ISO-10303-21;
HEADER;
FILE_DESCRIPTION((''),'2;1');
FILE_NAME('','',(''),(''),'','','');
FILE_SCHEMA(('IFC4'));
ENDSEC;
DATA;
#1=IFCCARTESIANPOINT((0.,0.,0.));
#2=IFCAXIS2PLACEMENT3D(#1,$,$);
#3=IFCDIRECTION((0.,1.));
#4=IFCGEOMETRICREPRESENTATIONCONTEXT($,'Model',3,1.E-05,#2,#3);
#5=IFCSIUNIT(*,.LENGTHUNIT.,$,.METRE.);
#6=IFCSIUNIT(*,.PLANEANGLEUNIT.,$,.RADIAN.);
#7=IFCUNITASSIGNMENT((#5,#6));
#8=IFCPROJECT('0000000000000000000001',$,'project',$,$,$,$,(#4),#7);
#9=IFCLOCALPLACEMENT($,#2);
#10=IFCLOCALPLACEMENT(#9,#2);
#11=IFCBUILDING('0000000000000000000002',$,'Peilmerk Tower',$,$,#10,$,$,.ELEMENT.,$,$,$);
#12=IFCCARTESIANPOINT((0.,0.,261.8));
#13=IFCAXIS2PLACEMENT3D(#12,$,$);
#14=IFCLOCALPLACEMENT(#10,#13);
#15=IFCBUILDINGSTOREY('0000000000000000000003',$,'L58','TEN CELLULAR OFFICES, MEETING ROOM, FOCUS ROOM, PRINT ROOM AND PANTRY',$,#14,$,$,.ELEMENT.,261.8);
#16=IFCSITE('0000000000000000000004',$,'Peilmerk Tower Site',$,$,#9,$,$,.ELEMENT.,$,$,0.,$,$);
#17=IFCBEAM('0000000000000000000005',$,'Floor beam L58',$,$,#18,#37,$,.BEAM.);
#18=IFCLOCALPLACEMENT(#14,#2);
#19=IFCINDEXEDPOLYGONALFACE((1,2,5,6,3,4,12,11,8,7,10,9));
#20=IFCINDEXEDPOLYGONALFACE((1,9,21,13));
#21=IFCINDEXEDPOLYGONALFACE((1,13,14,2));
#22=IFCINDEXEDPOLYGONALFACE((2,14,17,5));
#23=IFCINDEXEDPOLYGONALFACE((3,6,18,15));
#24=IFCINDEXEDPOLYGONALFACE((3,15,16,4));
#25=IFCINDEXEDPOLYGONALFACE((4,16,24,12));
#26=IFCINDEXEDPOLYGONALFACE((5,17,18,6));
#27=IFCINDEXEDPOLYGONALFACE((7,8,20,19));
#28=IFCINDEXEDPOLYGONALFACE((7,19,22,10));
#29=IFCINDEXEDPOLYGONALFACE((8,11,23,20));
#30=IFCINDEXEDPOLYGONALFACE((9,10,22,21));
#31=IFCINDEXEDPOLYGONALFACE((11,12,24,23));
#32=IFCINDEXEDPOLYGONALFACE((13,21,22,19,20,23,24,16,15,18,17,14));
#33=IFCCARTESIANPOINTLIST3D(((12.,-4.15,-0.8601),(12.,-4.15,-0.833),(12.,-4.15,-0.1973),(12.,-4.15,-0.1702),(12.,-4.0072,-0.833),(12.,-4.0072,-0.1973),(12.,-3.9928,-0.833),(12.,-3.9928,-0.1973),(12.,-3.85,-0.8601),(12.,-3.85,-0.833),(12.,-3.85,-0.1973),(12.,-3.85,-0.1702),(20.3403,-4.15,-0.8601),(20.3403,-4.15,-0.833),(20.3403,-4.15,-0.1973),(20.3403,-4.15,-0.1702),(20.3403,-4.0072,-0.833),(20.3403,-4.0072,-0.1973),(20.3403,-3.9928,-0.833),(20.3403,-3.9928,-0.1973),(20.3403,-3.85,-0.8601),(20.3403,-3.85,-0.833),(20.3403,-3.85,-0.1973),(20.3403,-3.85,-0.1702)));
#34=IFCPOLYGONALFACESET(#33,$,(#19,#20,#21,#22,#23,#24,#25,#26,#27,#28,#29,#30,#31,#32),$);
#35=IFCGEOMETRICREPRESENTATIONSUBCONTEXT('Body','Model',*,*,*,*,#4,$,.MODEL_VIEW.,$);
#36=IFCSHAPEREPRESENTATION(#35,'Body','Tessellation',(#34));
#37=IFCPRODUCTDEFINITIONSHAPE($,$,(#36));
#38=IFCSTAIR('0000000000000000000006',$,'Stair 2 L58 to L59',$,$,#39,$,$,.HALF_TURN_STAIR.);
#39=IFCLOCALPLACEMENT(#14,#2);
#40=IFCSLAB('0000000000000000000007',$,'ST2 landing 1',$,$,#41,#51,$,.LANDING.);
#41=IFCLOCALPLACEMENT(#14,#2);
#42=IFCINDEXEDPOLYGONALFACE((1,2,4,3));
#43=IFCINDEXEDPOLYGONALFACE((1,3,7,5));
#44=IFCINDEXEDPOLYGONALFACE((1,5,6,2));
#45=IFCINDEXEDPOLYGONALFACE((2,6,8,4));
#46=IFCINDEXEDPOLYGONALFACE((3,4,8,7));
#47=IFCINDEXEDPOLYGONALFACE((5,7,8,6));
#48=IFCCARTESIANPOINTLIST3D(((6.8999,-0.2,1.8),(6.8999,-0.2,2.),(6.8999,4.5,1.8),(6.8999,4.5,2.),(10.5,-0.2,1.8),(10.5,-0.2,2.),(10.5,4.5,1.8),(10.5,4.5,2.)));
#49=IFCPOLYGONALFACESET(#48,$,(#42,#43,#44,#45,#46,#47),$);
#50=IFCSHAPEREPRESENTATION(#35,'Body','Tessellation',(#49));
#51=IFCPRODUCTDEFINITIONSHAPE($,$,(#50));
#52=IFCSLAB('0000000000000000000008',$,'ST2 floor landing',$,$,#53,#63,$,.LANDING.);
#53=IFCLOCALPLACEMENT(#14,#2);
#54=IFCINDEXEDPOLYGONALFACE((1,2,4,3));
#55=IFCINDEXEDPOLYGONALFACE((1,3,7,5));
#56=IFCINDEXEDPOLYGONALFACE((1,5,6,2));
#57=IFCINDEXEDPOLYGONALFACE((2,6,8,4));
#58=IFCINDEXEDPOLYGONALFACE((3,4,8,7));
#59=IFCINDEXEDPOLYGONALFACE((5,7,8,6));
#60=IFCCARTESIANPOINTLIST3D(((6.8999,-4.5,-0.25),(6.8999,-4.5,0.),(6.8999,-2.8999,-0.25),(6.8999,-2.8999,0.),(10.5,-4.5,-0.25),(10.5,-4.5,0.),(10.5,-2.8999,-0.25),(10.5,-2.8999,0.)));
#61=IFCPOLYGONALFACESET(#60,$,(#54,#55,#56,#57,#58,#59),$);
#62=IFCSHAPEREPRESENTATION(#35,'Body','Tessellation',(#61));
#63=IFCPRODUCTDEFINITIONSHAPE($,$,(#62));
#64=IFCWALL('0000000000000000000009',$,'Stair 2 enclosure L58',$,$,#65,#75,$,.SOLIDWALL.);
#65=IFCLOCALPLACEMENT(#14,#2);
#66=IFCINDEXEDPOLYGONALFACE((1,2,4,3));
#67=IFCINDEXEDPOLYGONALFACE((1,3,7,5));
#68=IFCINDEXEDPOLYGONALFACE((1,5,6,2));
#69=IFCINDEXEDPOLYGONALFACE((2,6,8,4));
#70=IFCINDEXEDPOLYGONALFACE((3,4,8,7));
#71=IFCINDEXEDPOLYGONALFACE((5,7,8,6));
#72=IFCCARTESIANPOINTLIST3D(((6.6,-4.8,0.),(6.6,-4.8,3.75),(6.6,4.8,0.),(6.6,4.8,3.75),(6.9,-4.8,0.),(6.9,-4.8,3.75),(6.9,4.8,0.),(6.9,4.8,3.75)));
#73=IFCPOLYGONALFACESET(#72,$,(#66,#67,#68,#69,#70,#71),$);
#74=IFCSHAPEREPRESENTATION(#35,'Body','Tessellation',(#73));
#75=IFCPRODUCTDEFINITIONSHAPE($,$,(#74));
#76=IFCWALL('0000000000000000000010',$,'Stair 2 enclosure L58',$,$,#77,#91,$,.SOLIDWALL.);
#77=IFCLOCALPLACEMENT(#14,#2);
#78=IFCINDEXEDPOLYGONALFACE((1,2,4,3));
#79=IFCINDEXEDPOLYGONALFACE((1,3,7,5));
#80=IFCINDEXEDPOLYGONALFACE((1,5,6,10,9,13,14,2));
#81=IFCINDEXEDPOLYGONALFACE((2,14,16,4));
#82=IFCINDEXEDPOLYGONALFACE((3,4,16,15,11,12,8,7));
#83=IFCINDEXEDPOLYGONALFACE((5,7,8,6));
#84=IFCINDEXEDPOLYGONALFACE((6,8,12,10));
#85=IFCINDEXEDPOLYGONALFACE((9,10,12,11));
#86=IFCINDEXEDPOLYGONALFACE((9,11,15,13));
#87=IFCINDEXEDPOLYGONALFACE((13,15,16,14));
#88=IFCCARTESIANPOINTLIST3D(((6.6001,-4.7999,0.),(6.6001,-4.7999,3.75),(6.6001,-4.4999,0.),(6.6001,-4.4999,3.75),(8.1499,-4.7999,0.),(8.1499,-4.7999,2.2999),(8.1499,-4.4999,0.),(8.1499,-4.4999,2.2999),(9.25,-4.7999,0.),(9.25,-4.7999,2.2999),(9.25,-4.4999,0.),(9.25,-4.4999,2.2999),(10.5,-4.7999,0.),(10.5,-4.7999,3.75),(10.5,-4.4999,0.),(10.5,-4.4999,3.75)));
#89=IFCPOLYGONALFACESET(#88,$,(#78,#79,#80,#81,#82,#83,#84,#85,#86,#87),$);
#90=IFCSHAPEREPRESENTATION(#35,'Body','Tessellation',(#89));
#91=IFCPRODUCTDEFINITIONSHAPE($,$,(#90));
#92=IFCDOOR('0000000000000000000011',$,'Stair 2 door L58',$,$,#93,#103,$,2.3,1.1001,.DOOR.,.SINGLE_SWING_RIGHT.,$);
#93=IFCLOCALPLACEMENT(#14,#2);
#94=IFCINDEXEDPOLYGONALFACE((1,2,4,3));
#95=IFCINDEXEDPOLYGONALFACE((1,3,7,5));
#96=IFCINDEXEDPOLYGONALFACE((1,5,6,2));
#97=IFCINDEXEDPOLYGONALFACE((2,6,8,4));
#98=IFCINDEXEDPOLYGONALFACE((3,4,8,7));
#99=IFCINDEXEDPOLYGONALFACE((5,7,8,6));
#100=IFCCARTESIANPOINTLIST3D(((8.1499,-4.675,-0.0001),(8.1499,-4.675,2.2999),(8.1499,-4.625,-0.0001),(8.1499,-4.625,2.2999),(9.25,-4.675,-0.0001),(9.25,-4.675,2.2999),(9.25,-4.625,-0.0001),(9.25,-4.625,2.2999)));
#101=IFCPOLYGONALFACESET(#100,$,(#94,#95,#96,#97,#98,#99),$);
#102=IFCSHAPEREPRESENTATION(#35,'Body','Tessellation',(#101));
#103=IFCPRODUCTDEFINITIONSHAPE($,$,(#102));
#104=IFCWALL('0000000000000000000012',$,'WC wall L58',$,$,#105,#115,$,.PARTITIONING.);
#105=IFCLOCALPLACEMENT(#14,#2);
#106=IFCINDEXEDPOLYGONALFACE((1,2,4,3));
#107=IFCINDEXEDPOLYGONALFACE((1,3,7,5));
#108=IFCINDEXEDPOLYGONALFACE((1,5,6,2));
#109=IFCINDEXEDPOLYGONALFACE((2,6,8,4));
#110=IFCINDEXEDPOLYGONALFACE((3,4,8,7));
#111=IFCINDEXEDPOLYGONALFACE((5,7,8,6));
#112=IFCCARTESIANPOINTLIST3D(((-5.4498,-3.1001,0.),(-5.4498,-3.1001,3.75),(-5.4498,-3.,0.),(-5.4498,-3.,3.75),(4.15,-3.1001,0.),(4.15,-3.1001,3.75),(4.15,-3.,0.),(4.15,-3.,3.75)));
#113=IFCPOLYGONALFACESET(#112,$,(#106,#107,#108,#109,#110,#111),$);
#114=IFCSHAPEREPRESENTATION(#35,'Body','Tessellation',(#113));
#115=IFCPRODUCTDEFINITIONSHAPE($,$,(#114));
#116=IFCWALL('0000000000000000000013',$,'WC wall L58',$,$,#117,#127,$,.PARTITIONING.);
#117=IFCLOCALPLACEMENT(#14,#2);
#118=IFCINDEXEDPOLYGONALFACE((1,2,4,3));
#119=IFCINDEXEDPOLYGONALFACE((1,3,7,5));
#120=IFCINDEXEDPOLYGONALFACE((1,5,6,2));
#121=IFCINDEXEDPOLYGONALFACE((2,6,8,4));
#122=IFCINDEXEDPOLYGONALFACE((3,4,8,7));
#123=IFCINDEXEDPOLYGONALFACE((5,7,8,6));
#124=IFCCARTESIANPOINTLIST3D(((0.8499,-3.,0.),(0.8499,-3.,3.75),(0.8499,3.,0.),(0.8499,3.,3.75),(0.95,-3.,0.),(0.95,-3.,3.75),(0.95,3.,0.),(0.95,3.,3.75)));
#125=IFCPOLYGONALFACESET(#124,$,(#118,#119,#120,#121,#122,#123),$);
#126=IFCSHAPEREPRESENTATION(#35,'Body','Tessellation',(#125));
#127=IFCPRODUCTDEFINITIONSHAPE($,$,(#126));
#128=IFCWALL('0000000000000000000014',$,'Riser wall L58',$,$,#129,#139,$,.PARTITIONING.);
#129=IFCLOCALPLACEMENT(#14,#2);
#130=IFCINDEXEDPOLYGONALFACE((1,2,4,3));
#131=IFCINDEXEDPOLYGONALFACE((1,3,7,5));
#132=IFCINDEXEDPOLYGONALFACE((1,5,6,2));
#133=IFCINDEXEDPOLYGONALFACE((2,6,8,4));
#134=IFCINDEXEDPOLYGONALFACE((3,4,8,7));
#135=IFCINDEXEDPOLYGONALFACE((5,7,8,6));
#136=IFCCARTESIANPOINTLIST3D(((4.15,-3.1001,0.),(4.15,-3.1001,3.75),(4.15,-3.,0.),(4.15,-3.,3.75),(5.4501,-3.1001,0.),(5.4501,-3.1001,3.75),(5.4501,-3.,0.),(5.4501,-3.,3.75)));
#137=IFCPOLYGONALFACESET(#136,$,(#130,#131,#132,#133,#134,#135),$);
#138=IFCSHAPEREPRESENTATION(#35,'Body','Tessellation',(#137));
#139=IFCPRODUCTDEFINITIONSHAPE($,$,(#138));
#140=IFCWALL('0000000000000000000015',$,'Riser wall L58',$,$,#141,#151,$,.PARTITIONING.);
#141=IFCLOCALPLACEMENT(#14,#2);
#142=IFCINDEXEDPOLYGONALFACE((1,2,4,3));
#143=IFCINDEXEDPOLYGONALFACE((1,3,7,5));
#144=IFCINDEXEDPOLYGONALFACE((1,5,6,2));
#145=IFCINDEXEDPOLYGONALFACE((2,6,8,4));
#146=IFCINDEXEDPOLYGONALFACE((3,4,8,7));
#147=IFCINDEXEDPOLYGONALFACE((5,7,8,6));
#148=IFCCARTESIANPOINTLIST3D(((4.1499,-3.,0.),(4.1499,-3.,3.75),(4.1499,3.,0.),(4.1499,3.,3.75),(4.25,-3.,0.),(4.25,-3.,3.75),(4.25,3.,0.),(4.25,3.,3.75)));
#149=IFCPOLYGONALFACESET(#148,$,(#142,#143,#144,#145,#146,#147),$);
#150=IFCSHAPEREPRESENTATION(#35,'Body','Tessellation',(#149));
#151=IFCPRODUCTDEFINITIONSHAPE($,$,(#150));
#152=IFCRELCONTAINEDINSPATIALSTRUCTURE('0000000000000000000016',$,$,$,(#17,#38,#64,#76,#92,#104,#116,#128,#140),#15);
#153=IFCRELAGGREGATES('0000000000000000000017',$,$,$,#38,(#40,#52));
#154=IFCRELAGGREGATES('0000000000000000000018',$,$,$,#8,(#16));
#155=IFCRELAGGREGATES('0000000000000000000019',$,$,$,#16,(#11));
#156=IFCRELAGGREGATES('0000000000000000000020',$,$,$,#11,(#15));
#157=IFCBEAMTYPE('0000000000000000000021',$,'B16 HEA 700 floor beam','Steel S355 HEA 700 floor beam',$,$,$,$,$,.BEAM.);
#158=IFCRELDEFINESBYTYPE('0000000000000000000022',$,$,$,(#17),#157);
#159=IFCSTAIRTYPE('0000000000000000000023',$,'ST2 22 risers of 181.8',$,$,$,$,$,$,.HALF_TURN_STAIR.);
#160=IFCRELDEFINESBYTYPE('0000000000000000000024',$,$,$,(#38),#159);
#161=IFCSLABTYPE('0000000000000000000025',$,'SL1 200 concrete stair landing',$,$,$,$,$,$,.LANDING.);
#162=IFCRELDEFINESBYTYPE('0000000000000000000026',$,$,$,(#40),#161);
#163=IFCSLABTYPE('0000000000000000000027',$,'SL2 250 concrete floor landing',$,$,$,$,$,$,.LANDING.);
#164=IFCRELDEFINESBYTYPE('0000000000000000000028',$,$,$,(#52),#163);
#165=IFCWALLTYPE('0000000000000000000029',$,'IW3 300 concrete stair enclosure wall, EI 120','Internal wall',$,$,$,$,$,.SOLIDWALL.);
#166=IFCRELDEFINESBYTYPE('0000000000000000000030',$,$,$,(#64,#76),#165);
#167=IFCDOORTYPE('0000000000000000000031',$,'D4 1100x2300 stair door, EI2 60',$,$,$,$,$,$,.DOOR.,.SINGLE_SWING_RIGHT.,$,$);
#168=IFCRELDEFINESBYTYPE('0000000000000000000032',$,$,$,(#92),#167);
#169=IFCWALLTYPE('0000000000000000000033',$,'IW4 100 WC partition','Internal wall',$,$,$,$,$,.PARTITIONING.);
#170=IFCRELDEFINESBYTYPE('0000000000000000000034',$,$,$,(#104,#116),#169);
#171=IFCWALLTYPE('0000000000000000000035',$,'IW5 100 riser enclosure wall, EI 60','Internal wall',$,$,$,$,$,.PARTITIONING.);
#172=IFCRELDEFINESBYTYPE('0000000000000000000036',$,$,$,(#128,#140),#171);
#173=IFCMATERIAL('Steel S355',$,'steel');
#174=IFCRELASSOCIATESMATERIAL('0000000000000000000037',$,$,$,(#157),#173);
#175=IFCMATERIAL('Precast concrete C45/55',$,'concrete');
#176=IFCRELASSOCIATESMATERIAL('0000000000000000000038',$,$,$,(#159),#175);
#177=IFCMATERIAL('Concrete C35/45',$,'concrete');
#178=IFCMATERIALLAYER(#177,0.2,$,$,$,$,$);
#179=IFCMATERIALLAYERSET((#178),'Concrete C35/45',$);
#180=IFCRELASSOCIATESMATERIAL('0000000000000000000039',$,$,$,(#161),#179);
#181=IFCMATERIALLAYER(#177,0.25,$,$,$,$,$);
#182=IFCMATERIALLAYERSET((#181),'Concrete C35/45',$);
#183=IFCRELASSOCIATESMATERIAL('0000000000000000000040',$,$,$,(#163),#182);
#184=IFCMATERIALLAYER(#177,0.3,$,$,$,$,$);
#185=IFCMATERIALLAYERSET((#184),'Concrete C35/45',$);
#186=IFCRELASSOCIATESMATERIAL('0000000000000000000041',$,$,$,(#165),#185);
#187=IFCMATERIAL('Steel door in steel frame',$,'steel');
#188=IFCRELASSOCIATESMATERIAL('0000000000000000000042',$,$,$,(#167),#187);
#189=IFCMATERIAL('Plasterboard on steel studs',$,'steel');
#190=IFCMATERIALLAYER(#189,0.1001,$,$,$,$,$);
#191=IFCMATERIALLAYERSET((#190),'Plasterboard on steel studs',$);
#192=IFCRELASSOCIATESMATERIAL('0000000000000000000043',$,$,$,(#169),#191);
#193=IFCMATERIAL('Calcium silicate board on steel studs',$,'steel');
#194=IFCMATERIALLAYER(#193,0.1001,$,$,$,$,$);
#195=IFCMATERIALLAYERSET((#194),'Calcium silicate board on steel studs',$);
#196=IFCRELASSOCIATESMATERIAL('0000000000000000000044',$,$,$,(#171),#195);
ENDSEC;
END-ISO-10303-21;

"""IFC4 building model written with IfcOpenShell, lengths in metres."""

from ifc_helpers import new_model, si_unit, direction, frame, frame_2d, origin, origin_2d, place, context, subcontext, project, spatial, polyline, rectangle, i_section, outline, extrude, material, layer, layer_set, material_profile, profile_set, type_object, element, fill, aggregate, save


model = new_model("IFC4")

# Units and contexts
model_context = context("Model", 3, precision=1e-05, world=origin(), true_north=direction((0.0, 1.0)))
body_context = subcontext(model_context, "Body", "Model", "MODEL_VIEW")
ifc_project = project(units=[si_unit("LENGTHUNIT", "METRE"), si_unit("PLANEANGLEUNIT", "RADIAN")], contexts=[model_context])

# Site, building, storey
site_placement = place(None, origin())
site = spatial("IfcSite", under=ifc_project, at=site_placement, Name="Peilmerk Tower Site", CompositionType="ELEMENT", RefElevation=0.0)
building_placement = place(site_placement, origin())
building = spatial("IfcBuilding", under=site, at=building_placement, Name="Peilmerk Tower", CompositionType="ELEMENT")
storey_placement = place(building_placement, frame((0.0, 0.0, 261.8)))
storey = spatial("IfcBuildingStorey", under=building, at=storey_placement, Name="L58", Description="TEN CELLULAR OFFICES, MEETING ROOM, FOCUS ROOM, PRINT ROOM AND PANTRY", CompositionType="ELEMENT", Elevation=261.8)

# Beam
ifc_material_1 = material(Name="Steel S355", Category="steel")
ifc_material_profile = material_profile(ifc_material_1, i_section(OverallWidth=0.3, OverallDepth=0.6899, WebThickness=0.0144, FlangeThickness=0.0271, at=origin_2d()), Name="HEA 700")
ifc_profile_set = profile_set([ifc_material_profile], Name="Steel S355")
beam_type = type_object("IfcBeamType", Name="B16 HEA 700 floor beam", Description="Steel S355 HEA 700 floor beam", PredefinedType="BEAM", material=ifc_profile_set)
beam_placement = place(storey_placement, frame((12.0, -4.0, -0.5151), z_axis=(1.0, 0.0, 0.0), x_axis=(0.0, 1.0, 0.0)))
element("IfcBeam", 1, at=beam_placement, inside=storey, type_object=beam_type, Name="Floor beam L58", PredefinedType="BEAM", context=body_context, shape_type="SweptSolid", body=[
    extrude(i_section(OverallWidth=0.3, OverallDepth=0.6899, WebThickness=0.0144, FlangeThickness=0.0271, at=origin_2d()), origin(), (0.0, 0.0, 1.0), 8.3403),
])

# Stair, slabs
ifc_material_2 = material(Name="Precast concrete C45/55", Category="concrete")
stair_type = type_object("IfcStairType", Name="ST2 22 risers of 181.8", PredefinedType="HALF_TURN_STAIR", material=ifc_material_2)
stair_placement = place(storey_placement, origin())
stair = element("IfcStair", 2, at=stair_placement, inside=storey, type_object=stair_type, Name="Stair 2 L58 to L59", PredefinedType="HALF_TURN_STAIR")
ifc_material_3 = material(Name="Concrete C35/45", Category="concrete")
ifc_layer_1 = layer(ifc_material_3, 0.2)
ifc_layer_set_1 = layer_set([ifc_layer_1], Name="Concrete C35/45")
slab_type_1 = type_object("IfcSlabType", Name="SL1 200 concrete stair landing", PredefinedType="LANDING", material=ifc_layer_set_1)
slab_1_placement = place(storey_placement, frame((0.0, 0.0, 1.8)))
slab_1 = element("IfcSlab", 3, at=slab_1_placement, type_object=slab_type_1, Name="ST2 landing 1", PredefinedType="LANDING", context=body_context, shape_type="SweptSolid", body=[
    extrude(outline(polyline([(6.8999, -0.2), (10.5, -0.2), (10.5, 4.5), (6.8999, 4.5), (6.8999, -0.2)])), origin(), (0.0, 0.0, 1.0), 0.2),
])
ifc_layer_2 = layer(ifc_material_3, 0.25)
ifc_layer_set_2 = layer_set([ifc_layer_2], Name="Concrete C35/45")
slab_type_2 = type_object("IfcSlabType", Name="SL2 250 concrete floor landing", PredefinedType="LANDING", material=ifc_layer_set_2)
slab_2_placement = place(storey_placement, frame((0.0, 0.0, -0.25)))
slab_2 = element("IfcSlab", 4, at=slab_2_placement, type_object=slab_type_2, Name="ST2 floor landing", PredefinedType="LANDING", context=body_context, shape_type="SweptSolid", body=[
    extrude(outline(polyline([(6.8999, -4.5), (10.5, -4.5), (10.5, -2.8999), (6.8999, -2.8999), (6.8999, -4.5)])), origin(), (0.0, 0.0, 1.0), 0.25),
])

# Wall
ifc_layer_3 = layer(ifc_material_3, 0.3)
ifc_layer_set_3 = layer_set([ifc_layer_3], Name="Concrete C35/45")
wall_type_1 = type_object("IfcWallType", Name="IW3 300 concrete stair enclosure wall, EI 120", Description="Internal wall", PredefinedType="SOLIDWALL", material=ifc_layer_set_3)
wall_1_placement = place(storey_placement, frame((6.75, -4.8, 0.0), z_axis=(0.0, 0.0, 1.0), x_axis=(0.0, 1.0, 0.0)))
element("IfcWall", 5, at=wall_1_placement, inside=storey, type_object=wall_type_1, Name="Stair 2 enclosure L58", PredefinedType="SOLIDWALL", context=body_context, shape_type="SweptSolid", body=[
    extrude(rectangle(XDim=9.6001, YDim=0.3, at=frame_2d((4.8, 0.0))), origin(), (0.0, 0.0, 1.0), 3.75),
])

# Wall, opening, door
wall_2_placement = place(storey_placement, frame((10.5, -4.6499, 0.0), z_axis=(0.0, 0.0, 1.0), x_axis=(-1.0, 0.0, 0.0)))
wall_2 = element("IfcWall", 6, at=wall_2_placement, inside=storey, type_object=wall_type_1, Name="Stair 2 enclosure L58", PredefinedType="SOLIDWALL", context=body_context, shape_type="SweptSolid", body=[
    extrude(rectangle(XDim=3.8999, YDim=0.3, at=frame_2d((1.95, 0.0))), origin(), (0.0, 0.0, 1.0), 3.75),
])
opening_1_placement = place(wall_2_placement, frame((1.25, 0.0, 0.0)))
opening_1 = element("IfcOpeningElement", 7, at=opening_1_placement, cuts=wall_2, PredefinedType="OPENING", context=body_context, shape_type="SweptSolid", body=[
    extrude(rectangle(XDim=1.1001, YDim=2.3, at=frame_2d((0.55, 1.1499))), frame((0.0, 0.1599, 0.0), z_axis=(0.0, -1.0, 0.0), x_axis=(1.0, 0.0, 0.0)), (0.0, 0.0, 1.0), 0.3201),
])
ifc_material_4 = material(Name="Steel door in steel frame", Category="steel")
door_type_1 = type_object("IfcDoorType", Name="D4 1100x2300 stair door, EI2 60", OperationType="SINGLE_SWING_RIGHT", PredefinedType="DOOR", material=ifc_material_4)
door_1_placement = place(opening_1_placement, frame((1.1001, 0.0, 0.0), z_axis=(0.0, 0.0, 1.0), x_axis=(-1.0, 0.0, 0.0)))
door_1 = element("IfcDoor", 8, at=door_1_placement, inside=storey, type_object=door_type_1, Name="Stair 2 door L58", OperationType="SINGLE_SWING_RIGHT", OverallHeight=2.3, OverallWidth=1.1001, PredefinedType="DOOR", context=body_context, shape_type="SweptSolid", body=[
    extrude(rectangle(XDim=1.1001, YDim=2.3, at=frame_2d((0.55, 1.1499))), frame((0.0, 0.0249, 0.0), z_axis=(0.0, -1.0, 0.0), x_axis=(1.0, 0.0, 0.0)), (0.0, 0.0, 1.0), 0.05),
])
fill(opening_1, door_1)

# Walls
ifc_material_5 = material(Name="Plasterboard on steel studs", Category="steel")
ifc_layer_4 = layer(ifc_material_5, 0.1001)
ifc_layer_set_4 = layer_set([ifc_layer_4], Name="Plasterboard on steel studs")
wall_type_2 = type_object("IfcWallType", Name="IW4 100 WC partition", Description="Internal wall", PredefinedType="PARTITIONING", material=ifc_layer_set_4)
wall_3_placement = place(storey_placement, frame((4.1499, -3.05, 0.0), z_axis=(0.0, 0.0, 1.0), x_axis=(-1.0, 0.0, 0.0)))
element("IfcWall", 9, at=wall_3_placement, inside=storey, type_object=wall_type_2, Name="WC wall L58", PredefinedType="PARTITIONING", context=body_context, shape_type="SweptSolid", body=[
    extrude(rectangle(XDim=9.5999, YDim=0.1001, at=frame_2d((4.7998, 0.0))), origin(), (0.0, 0.0, 1.0), 3.75),
])
wall_4_placement = place(storey_placement, frame((0.8999, -3.0, 0.0), z_axis=(0.0, 0.0, 1.0), x_axis=(0.0, 1.0, 0.0)))
element("IfcWall", 10, at=wall_4_placement, inside=storey, type_object=wall_type_2, Name="WC wall L58", PredefinedType="PARTITIONING", context=body_context, shape_type="SweptSolid", body=[
    extrude(rectangle(XDim=6.0, YDim=0.1001, at=frame_2d((3.0, 0.0))), origin(), (0.0, 0.0, 1.0), 3.75),
])
ifc_material_6 = material(Name="Calcium silicate board on steel studs", Category="steel")
ifc_layer_5 = layer(ifc_material_6, 0.1001)
ifc_layer_set_5 = layer_set([ifc_layer_5], Name="Calcium silicate board on steel studs")
wall_type_3 = type_object("IfcWallType", Name="IW5 100 riser enclosure wall, EI 60", Description="Internal wall", PredefinedType="PARTITIONING", material=ifc_layer_set_5)
wall_5_placement = place(storey_placement, frame((5.45, -3.05, 0.0), z_axis=(0.0, 0.0, 1.0), x_axis=(-1.0, 0.0, 0.0)))
element("IfcWall", 11, at=wall_5_placement, inside=storey, type_object=wall_type_3, Name="Riser wall L58", PredefinedType="PARTITIONING", context=body_context, shape_type="SweptSolid", body=[
    extrude(rectangle(XDim=1.3, YDim=0.1001, at=frame_2d((0.6499, 0.0))), origin(), (0.0, 0.0, 1.0), 3.75),
])
wall_6_placement = place(storey_placement, frame((4.2, -3.0, 0.0), z_axis=(0.0, 0.0, 1.0), x_axis=(0.0, 1.0, 0.0)))
element("IfcWall", 12, at=wall_6_placement, inside=storey, type_object=wall_type_3, Name="Riser wall L58", PredefinedType="PARTITIONING", context=body_context, shape_type="SweptSolid", body=[
    extrude(rectangle(XDim=6.0, YDim=0.1001, at=frame_2d((3.0, 0.0))), origin(), (0.0, 0.0, 1.0), 3.75),
])

aggregate(stair, [slab_1, slab_2])

save(model, "model.ifc")
